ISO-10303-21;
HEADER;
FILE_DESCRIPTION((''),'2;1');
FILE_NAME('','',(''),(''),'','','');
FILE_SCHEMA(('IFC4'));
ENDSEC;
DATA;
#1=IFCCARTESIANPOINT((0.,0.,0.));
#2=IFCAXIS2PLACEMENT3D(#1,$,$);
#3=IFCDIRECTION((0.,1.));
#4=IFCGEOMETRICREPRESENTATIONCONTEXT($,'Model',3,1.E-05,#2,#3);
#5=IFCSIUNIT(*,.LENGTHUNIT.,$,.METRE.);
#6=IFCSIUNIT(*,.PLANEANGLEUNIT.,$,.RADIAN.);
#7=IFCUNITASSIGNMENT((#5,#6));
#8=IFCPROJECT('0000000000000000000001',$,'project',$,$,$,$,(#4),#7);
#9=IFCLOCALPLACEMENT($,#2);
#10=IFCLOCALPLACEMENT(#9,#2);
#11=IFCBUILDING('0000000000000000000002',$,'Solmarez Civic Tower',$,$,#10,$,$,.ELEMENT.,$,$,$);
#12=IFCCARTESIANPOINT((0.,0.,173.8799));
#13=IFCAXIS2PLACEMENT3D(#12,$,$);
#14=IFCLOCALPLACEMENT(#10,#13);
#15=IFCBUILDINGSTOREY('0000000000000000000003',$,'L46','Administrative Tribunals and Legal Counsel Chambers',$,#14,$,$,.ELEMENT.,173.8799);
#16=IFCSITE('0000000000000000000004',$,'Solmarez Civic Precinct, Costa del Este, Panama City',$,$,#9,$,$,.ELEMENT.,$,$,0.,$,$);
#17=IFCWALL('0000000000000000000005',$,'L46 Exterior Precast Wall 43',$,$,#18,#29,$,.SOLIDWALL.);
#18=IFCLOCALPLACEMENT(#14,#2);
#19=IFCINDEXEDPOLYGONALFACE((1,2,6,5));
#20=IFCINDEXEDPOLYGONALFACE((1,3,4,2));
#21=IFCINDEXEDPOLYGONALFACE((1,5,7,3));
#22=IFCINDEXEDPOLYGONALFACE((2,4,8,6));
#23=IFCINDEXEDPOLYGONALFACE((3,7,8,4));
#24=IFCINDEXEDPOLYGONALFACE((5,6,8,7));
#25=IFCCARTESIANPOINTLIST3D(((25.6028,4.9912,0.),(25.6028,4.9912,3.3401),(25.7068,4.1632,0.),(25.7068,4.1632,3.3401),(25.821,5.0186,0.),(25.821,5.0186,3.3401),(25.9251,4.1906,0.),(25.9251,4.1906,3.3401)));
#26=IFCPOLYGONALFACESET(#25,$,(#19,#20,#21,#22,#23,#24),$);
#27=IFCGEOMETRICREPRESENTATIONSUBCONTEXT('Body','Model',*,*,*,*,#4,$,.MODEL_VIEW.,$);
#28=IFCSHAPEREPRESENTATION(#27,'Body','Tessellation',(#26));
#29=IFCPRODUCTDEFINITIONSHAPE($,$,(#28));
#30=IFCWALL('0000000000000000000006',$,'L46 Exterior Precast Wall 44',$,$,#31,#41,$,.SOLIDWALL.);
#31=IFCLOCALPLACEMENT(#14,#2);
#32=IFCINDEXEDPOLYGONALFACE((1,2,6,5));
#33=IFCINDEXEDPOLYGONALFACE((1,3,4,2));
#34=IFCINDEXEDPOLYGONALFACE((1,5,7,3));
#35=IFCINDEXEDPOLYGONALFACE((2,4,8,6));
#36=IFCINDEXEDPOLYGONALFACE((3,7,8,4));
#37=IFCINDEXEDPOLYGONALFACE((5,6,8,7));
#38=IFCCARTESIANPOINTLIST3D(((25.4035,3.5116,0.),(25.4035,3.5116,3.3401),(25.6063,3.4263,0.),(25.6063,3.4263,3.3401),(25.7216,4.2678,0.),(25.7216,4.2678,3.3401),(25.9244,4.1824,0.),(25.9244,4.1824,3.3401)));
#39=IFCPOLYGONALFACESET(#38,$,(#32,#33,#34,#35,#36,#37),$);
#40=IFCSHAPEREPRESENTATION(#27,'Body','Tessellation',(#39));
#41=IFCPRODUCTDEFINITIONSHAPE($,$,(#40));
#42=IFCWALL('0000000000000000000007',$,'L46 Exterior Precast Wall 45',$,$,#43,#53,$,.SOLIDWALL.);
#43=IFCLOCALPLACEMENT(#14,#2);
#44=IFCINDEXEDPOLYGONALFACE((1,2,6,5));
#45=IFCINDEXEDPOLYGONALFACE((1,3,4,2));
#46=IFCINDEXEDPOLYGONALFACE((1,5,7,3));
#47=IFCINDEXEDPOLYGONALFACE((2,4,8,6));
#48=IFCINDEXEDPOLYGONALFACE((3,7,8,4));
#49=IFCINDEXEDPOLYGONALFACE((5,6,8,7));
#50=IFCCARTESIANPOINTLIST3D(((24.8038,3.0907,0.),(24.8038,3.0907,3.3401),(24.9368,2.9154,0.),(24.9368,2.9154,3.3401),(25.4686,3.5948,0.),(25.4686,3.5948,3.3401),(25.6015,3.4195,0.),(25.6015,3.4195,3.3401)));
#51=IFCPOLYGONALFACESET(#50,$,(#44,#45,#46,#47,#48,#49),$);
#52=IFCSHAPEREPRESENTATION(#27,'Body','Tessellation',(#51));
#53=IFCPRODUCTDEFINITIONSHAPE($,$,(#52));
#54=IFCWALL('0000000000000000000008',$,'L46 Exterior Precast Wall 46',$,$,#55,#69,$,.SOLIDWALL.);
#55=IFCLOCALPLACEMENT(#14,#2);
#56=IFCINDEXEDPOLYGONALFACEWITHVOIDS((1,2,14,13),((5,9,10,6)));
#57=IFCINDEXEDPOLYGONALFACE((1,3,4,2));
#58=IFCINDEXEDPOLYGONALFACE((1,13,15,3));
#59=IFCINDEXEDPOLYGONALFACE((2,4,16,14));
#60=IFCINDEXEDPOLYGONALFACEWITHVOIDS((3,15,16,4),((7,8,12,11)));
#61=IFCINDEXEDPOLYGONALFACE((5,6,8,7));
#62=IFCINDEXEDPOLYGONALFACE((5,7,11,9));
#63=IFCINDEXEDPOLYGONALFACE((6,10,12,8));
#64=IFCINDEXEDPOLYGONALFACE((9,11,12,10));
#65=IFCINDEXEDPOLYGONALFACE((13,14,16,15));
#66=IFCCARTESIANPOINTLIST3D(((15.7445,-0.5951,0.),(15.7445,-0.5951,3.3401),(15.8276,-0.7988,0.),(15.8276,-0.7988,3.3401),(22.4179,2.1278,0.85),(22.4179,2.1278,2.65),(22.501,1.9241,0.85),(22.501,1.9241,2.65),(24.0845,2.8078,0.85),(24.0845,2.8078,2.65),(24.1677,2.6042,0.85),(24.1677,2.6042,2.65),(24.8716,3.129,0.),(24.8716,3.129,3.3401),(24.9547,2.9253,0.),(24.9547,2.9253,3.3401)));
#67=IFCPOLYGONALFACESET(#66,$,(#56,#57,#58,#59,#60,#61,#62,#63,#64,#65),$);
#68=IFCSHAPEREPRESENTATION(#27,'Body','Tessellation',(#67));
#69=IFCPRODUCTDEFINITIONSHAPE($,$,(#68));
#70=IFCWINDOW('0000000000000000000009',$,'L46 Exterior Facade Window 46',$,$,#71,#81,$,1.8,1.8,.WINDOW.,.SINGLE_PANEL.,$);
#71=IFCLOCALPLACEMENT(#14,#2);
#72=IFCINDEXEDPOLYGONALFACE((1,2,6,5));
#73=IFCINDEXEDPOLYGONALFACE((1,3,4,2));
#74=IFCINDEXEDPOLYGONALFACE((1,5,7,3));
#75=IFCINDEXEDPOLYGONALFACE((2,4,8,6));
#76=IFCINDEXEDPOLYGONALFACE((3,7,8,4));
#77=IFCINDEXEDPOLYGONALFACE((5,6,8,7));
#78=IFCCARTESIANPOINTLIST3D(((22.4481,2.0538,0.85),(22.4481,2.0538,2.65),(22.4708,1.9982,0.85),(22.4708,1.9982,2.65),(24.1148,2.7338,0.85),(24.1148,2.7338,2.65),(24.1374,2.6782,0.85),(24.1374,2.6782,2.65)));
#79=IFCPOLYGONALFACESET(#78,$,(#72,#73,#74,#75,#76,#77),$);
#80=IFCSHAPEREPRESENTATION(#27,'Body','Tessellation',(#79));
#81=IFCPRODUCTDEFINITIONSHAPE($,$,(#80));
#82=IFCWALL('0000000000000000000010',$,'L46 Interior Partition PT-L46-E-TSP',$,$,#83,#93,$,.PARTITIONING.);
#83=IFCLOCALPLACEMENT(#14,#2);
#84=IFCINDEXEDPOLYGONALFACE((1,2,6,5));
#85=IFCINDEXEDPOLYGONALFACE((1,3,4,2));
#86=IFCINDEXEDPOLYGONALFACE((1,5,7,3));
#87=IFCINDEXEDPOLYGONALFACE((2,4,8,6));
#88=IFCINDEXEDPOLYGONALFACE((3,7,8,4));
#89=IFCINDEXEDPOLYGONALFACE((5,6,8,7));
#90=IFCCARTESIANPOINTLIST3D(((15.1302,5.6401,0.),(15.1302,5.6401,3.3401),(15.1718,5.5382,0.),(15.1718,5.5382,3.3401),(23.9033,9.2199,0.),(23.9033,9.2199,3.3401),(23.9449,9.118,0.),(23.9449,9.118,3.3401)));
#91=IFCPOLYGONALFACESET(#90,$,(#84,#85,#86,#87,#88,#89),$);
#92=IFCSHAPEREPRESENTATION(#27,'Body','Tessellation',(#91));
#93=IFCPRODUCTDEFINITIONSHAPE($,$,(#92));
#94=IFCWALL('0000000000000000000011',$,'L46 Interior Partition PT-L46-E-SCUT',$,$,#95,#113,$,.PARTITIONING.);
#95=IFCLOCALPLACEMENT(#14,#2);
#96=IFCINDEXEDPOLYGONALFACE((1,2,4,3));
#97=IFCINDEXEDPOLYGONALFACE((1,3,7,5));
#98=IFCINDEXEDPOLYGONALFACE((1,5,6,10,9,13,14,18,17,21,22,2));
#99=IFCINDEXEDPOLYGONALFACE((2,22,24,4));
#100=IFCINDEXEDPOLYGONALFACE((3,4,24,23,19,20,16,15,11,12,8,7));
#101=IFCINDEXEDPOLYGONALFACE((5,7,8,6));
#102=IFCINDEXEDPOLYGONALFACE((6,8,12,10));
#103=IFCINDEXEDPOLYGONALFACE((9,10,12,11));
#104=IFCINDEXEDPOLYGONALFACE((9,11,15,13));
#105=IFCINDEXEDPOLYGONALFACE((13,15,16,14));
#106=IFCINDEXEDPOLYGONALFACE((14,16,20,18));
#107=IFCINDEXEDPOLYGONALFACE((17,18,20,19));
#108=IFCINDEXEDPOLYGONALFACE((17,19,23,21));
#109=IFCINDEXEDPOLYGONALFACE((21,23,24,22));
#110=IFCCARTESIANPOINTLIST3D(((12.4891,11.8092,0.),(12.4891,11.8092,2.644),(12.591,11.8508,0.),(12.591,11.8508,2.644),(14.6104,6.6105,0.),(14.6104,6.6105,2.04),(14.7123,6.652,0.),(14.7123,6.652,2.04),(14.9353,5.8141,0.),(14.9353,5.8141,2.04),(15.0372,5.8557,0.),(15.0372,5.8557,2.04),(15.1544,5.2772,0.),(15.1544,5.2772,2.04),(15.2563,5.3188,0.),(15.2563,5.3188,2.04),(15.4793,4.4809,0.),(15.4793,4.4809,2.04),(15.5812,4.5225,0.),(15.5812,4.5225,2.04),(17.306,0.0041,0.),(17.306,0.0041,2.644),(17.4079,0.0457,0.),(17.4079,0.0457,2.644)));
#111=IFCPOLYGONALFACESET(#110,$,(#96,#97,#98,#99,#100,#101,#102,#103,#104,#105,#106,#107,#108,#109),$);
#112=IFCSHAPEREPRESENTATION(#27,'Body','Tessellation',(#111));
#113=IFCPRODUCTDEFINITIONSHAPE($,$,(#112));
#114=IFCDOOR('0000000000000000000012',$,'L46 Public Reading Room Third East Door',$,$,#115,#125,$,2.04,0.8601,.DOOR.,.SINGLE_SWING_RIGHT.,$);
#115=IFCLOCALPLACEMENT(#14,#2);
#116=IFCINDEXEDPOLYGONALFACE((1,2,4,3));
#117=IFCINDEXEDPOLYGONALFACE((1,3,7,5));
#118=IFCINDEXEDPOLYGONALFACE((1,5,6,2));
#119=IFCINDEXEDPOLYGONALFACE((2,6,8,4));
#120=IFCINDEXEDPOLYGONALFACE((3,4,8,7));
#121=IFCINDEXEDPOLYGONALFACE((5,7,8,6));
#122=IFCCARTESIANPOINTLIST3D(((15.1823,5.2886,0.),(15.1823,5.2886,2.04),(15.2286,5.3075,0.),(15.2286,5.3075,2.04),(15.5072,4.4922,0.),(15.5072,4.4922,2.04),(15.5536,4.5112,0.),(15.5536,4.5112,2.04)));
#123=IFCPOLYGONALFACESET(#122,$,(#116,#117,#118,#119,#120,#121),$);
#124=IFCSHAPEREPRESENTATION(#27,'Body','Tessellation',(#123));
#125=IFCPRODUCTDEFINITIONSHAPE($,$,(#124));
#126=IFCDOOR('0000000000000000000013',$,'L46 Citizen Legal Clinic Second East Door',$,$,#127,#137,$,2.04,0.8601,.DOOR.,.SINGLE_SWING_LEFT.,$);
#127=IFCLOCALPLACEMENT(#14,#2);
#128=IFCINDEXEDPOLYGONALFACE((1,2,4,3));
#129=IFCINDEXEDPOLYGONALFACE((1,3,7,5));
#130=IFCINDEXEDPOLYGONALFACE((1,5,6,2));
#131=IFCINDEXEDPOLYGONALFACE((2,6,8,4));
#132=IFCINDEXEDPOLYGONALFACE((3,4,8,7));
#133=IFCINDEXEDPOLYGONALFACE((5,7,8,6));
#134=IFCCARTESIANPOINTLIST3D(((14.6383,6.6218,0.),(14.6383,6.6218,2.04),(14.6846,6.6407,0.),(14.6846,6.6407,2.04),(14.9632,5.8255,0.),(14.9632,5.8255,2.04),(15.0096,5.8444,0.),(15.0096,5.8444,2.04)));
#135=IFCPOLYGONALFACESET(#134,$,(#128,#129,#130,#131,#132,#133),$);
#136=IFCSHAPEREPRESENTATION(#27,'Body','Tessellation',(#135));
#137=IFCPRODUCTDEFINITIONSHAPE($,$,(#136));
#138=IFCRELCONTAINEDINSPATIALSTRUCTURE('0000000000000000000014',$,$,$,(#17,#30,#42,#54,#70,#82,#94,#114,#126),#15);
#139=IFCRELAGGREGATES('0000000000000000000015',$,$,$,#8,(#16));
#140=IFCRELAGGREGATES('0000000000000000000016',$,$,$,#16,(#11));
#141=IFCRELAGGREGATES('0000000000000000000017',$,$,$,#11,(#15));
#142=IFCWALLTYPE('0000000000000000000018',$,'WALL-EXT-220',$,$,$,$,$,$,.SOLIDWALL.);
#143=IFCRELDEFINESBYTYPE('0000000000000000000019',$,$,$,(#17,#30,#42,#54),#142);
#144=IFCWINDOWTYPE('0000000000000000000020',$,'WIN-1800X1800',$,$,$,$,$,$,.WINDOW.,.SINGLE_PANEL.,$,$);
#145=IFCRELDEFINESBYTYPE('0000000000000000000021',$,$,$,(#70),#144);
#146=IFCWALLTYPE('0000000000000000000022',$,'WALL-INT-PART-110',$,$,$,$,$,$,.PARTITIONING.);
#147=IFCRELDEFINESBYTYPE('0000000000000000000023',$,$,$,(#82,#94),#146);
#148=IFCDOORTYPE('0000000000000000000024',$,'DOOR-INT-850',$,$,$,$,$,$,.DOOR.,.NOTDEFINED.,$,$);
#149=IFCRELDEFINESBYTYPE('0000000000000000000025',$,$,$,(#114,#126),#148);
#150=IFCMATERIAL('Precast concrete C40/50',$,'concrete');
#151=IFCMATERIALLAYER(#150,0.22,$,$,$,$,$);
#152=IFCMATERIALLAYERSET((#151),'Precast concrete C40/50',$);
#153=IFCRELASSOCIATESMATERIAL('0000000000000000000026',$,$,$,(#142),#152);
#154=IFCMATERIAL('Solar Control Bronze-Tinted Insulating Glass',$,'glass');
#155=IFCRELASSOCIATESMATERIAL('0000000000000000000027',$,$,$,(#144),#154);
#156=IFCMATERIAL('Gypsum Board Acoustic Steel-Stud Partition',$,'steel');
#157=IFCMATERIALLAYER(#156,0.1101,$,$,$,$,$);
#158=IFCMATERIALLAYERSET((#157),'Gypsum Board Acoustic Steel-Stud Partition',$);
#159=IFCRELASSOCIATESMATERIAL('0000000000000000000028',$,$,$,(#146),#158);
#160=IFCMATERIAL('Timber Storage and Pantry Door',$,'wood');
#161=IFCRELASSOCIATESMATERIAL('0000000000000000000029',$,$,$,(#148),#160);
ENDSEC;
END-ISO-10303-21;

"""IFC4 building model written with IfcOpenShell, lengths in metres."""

from ifc_helpers import new_model, si_unit, direction, frame, frame_2d, origin, place, context, subcontext, project, spatial, rectangle, extrude, material, layer, layer_set, type_object, element, fill, save


model = new_model("IFC4")

# Units and contexts
model_context = context("Model", 3, precision=1e-05, world=origin(), true_north=direction((0.0, 1.0)))
body_context = subcontext(model_context, "Body", "Model", "MODEL_VIEW")
ifc_project = project(units=[si_unit("LENGTHUNIT", "METRE"), si_unit("PLANEANGLEUNIT", "RADIAN")], contexts=[model_context])

# Site, building, storey
site_placement = place(None, origin())
site = spatial("IfcSite", under=ifc_project, at=site_placement, Name="Solmarez Civic Precinct, Costa del Este, Panama City", CompositionType="ELEMENT", RefElevation=0.0)
building_placement = place(site_placement, origin())
building = spatial("IfcBuilding", under=site, at=building_placement, Name="Solmarez Civic Tower", CompositionType="ELEMENT")
storey_placement = place(building_placement, frame((0.0, 0.0, 173.8799)))
storey = spatial("IfcBuildingStorey", under=building, at=storey_placement, Name="L46", Description="Administrative Tribunals and Legal Counsel Chambers", CompositionType="ELEMENT", Elevation=173.8799)

# Walls
ifc_material_1 = material(Name="Precast concrete C40/50", Category="concrete")
ifc_layer_1 = layer(ifc_material_1, 0.22)
ifc_layer_set_1 = layer_set([ifc_layer_1], Name="Precast concrete C40/50")
wall_type_1 = type_object("IfcWallType", Name="WALL-EXT-220", PredefinedType="SOLIDWALL", material=ifc_layer_set_1)
wall_1_placement = place(storey_placement, frame((25.7119, 5.0049, 0.0), z_axis=(0.0, 0.0, 1.0), x_axis=(0.124647, -0.992201, 0.0)))
element("IfcWall", 1, at=wall_1_placement, inside=storey, type_object=wall_type_1, Name="L46 Exterior Precast Wall 43", PredefinedType="SOLIDWALL", context=body_context, shape_type="SweptSolid", body=[
    extrude(rectangle(XDim=0.8345, YDim=0.22, at=frame_2d((0.4172, 0.0))), origin(), (0.0, 0.0, 1.0), 3.3401),
])
wall_2_placement = place(storey_placement, frame((25.823, 4.2251, 0.0), z_axis=(0.0, 0.0, 1.0), x_axis=(-0.387804, -0.921742, 0.0)))
element("IfcWall", 2, at=wall_2_placement, inside=storey, type_object=wall_type_1, Name="L46 Exterior Precast Wall 44", PredefinedType="SOLIDWALL", context=body_context, shape_type="SweptSolid", body=[
    extrude(rectangle(XDim=0.8203, YDim=0.22, at=frame_2d((0.4102, 0.0))), origin(), (0.0, 0.0, 1.0), 3.3401),
])
wall_3_placement = place(storey_placement, frame((25.5349, 3.5071, 0.0), z_axis=(0.0, 0.0, 1.0), x_axis=(-0.796793, -0.604252, 0.0)))
element("IfcWall", 3, at=wall_3_placement, inside=storey, type_object=wall_type_1, Name="L46 Exterior Precast Wall 45", PredefinedType="SOLIDWALL", context=body_context, shape_type="SweptSolid", body=[
    extrude(rectangle(XDim=0.8342, YDim=0.22, at=frame_2d((0.417, 0.0))), origin(), (0.0, 0.0, 1.0), 3.3401),
])

# Wall, opening, window
wall_4_placement = place(storey_placement, frame((24.9131, 3.0271, 0.0), z_axis=(0.0, 0.0, 1.0), x_axis=(-0.925893, -0.377787, 0.0)))
wall_4 = element("IfcWall", 4, at=wall_4_placement, inside=storey, type_object=wall_type_1, Name="L46 Exterior Precast Wall 46", PredefinedType="SOLIDWALL", context=body_context, shape_type="SweptSolid", body=[
    extrude(rectangle(XDim=9.8577, YDim=0.22, at=frame_2d((4.9287, 0.0))), origin(), (0.0, 0.0, 1.0), 3.3401),
])
opening_1_placement = place(wall_4_placement, frame((0.8501, 0.0, 0.8501)))
opening_1 = element("IfcOpeningElement", 5, at=opening_1_placement, cuts=wall_4, PredefinedType="OPENING", context=body_context, shape_type="SweptSolid", body=[
    extrude(rectangle(XDim=1.8, YDim=1.8, at=frame_2d((0.8999, 0.8999))), frame((0.0, 0.1199, 0.0), z_axis=(0.0, -1.0, 0.0), x_axis=(1.0, 0.0, 0.0)), (0.0, 0.0, 1.0), 0.24),
])
ifc_material_2 = material(Name="Solar Control Bronze-Tinted Insulating Glass", Category="glass")
window_type = type_object("IfcWindowType", Name="WIN-1800X1800", PartitioningType="SINGLE_PANEL", PredefinedType="WINDOW", material=ifc_material_2)
window_placement = place(opening_1_placement, origin())
window = element("IfcWindow", 6, at=window_placement, inside=storey, type_object=window_type, Name="L46 Exterior Facade Window 46", OverallHeight=1.8, OverallWidth=1.8, PartitioningType="SINGLE_PANEL", PredefinedType="WINDOW", context=body_context, shape_type="SweptSolid", body=[
    extrude(rectangle(XDim=1.8, YDim=1.8, at=frame_2d((0.8999, 0.8999))), frame((0.0, 0.03, 0.0), z_axis=(0.0, -1.0, 0.0), x_axis=(1.0, 0.0, 0.0)), (0.0, 0.0, 1.0), 0.0601),
])
fill(opening_1, window)

# Wall
ifc_material_3 = material(Name="Gypsum Board Acoustic Steel-Stud Partition", Category="steel")
ifc_layer_2 = layer(ifc_material_3, 0.1101)
ifc_layer_set_2 = layer_set([ifc_layer_2], Name="Gypsum Board Acoustic Steel-Stud Partition")
wall_type_2 = type_object("IfcWallType", Name="WALL-INT-PART-110", PredefinedType="PARTITIONING", material=ifc_layer_set_2)
wall_5_placement = place(storey_placement, frame((15.1509, 5.5891, 0.0), z_axis=(0.0, 0.0, 1.0), x_axis=(0.925887, 0.377801, 0.0)))
element("IfcWall", 7, at=wall_5_placement, inside=storey, type_object=wall_type_2, Name="L46 Interior Partition PT-L46-E-TSP", PredefinedType="PARTITIONING", context=body_context, shape_type="SweptSolid", body=[
    extrude(rectangle(XDim=9.4753, YDim=0.1101, at=frame_2d((4.7378, 0.0))), origin(), (0.0, 0.0, 1.0), 3.3401),
])

# Wall, openings, doors
wall_6_placement = place(storey_placement, frame((17.3569, 0.0249, 0.0), z_axis=(0.0, 0.0, 1.0), x_axis=(-0.377793, 0.92589, 0.0)))
wall_6 = element("IfcWall", 8, at=wall_6_placement, inside=storey, type_object=wall_type_2, Name="L46 Interior Partition PT-L46-E-SCUT", PredefinedType="PARTITIONING", context=body_context, shape_type="SweptSolid", body=[
    extrude(rectangle(XDim=12.75, YDim=0.1101, at=frame_2d((6.375, 0.0))), origin(), (0.0, 0.0, 1.0), 2.644),
])
opening_2_placement = place(wall_6_placement, frame((4.835, 0.0, 0.0)))
opening_2 = element("IfcOpeningElement", 9, at=opening_2_placement, cuts=wall_6, PredefinedType="OPENING", context=body_context, shape_type="SweptSolid", body=[
    extrude(rectangle(XDim=0.8601, YDim=2.04, at=frame_2d((0.4302, 1.02))), frame((0.0, 0.0649, 0.0), z_axis=(0.0, -1.0, 0.0), x_axis=(1.0, 0.0, 0.0)), (0.0, 0.0, 1.0), 0.1301),
])
opening_3_placement = place(wall_6_placement, frame((6.2749, 0.0, 0.0)))
opening_3 = element("IfcOpeningElement", 10, at=opening_3_placement, cuts=wall_6, PredefinedType="OPENING", context=body_context, shape_type="SweptSolid", body=[
    extrude(rectangle(XDim=0.8601, YDim=2.04, at=frame_2d((0.4302, 1.02))), frame((0.0, 0.0649, 0.0), z_axis=(0.0, -1.0, 0.0), x_axis=(1.0, 0.0, 0.0)), (0.0, 0.0, 1.0), 0.1301),
])
ifc_material_4 = material(Name="Timber Storage and Pantry Door", Category="wood")
door_type = type_object("IfcDoorType", Name="DOOR-INT-850", OperationType="NOTDEFINED", PredefinedType="DOOR", material=ifc_material_4)
door_1_placement = place(opening_2_placement, origin())
door_1 = element("IfcDoor", 11, at=door_1_placement, inside=storey, type_object=door_type, Name="L46 Public Reading Room Third East Door", OperationType="SINGLE_SWING_RIGHT", OverallHeight=2.04, OverallWidth=0.8601, PredefinedType="DOOR", context=body_context, shape_type="SweptSolid", body=[
    extrude(rectangle(XDim=0.8601, YDim=2.04, at=frame_2d((0.4302, 1.02))), frame((0.0, 0.0249, 0.0), z_axis=(0.0, -1.0, 0.0), x_axis=(1.0, 0.0, 0.0)), (0.0, 0.0, 1.0), 0.05),
])
fill(opening_2, door_1)
door_2_placement = place(opening_3_placement, origin())
door_2 = element("IfcDoor", 12, at=door_2_placement, inside=storey, type_object=door_type, Name="L46 Citizen Legal Clinic Second East Door", OperationType="SINGLE_SWING_LEFT", OverallHeight=2.04, OverallWidth=0.8601, PredefinedType="DOOR", context=body_context, shape_type="SweptSolid", body=[
    extrude(rectangle(XDim=0.8601, YDim=2.04, at=frame_2d((0.4302, 1.02))), frame((0.0, 0.0249, 0.0), z_axis=(0.0, -1.0, 0.0), x_axis=(1.0, 0.0, 0.0)), (0.0, 0.0, 1.0), 0.05),
])
fill(opening_3, door_2)

save(model, "model.ifc")
